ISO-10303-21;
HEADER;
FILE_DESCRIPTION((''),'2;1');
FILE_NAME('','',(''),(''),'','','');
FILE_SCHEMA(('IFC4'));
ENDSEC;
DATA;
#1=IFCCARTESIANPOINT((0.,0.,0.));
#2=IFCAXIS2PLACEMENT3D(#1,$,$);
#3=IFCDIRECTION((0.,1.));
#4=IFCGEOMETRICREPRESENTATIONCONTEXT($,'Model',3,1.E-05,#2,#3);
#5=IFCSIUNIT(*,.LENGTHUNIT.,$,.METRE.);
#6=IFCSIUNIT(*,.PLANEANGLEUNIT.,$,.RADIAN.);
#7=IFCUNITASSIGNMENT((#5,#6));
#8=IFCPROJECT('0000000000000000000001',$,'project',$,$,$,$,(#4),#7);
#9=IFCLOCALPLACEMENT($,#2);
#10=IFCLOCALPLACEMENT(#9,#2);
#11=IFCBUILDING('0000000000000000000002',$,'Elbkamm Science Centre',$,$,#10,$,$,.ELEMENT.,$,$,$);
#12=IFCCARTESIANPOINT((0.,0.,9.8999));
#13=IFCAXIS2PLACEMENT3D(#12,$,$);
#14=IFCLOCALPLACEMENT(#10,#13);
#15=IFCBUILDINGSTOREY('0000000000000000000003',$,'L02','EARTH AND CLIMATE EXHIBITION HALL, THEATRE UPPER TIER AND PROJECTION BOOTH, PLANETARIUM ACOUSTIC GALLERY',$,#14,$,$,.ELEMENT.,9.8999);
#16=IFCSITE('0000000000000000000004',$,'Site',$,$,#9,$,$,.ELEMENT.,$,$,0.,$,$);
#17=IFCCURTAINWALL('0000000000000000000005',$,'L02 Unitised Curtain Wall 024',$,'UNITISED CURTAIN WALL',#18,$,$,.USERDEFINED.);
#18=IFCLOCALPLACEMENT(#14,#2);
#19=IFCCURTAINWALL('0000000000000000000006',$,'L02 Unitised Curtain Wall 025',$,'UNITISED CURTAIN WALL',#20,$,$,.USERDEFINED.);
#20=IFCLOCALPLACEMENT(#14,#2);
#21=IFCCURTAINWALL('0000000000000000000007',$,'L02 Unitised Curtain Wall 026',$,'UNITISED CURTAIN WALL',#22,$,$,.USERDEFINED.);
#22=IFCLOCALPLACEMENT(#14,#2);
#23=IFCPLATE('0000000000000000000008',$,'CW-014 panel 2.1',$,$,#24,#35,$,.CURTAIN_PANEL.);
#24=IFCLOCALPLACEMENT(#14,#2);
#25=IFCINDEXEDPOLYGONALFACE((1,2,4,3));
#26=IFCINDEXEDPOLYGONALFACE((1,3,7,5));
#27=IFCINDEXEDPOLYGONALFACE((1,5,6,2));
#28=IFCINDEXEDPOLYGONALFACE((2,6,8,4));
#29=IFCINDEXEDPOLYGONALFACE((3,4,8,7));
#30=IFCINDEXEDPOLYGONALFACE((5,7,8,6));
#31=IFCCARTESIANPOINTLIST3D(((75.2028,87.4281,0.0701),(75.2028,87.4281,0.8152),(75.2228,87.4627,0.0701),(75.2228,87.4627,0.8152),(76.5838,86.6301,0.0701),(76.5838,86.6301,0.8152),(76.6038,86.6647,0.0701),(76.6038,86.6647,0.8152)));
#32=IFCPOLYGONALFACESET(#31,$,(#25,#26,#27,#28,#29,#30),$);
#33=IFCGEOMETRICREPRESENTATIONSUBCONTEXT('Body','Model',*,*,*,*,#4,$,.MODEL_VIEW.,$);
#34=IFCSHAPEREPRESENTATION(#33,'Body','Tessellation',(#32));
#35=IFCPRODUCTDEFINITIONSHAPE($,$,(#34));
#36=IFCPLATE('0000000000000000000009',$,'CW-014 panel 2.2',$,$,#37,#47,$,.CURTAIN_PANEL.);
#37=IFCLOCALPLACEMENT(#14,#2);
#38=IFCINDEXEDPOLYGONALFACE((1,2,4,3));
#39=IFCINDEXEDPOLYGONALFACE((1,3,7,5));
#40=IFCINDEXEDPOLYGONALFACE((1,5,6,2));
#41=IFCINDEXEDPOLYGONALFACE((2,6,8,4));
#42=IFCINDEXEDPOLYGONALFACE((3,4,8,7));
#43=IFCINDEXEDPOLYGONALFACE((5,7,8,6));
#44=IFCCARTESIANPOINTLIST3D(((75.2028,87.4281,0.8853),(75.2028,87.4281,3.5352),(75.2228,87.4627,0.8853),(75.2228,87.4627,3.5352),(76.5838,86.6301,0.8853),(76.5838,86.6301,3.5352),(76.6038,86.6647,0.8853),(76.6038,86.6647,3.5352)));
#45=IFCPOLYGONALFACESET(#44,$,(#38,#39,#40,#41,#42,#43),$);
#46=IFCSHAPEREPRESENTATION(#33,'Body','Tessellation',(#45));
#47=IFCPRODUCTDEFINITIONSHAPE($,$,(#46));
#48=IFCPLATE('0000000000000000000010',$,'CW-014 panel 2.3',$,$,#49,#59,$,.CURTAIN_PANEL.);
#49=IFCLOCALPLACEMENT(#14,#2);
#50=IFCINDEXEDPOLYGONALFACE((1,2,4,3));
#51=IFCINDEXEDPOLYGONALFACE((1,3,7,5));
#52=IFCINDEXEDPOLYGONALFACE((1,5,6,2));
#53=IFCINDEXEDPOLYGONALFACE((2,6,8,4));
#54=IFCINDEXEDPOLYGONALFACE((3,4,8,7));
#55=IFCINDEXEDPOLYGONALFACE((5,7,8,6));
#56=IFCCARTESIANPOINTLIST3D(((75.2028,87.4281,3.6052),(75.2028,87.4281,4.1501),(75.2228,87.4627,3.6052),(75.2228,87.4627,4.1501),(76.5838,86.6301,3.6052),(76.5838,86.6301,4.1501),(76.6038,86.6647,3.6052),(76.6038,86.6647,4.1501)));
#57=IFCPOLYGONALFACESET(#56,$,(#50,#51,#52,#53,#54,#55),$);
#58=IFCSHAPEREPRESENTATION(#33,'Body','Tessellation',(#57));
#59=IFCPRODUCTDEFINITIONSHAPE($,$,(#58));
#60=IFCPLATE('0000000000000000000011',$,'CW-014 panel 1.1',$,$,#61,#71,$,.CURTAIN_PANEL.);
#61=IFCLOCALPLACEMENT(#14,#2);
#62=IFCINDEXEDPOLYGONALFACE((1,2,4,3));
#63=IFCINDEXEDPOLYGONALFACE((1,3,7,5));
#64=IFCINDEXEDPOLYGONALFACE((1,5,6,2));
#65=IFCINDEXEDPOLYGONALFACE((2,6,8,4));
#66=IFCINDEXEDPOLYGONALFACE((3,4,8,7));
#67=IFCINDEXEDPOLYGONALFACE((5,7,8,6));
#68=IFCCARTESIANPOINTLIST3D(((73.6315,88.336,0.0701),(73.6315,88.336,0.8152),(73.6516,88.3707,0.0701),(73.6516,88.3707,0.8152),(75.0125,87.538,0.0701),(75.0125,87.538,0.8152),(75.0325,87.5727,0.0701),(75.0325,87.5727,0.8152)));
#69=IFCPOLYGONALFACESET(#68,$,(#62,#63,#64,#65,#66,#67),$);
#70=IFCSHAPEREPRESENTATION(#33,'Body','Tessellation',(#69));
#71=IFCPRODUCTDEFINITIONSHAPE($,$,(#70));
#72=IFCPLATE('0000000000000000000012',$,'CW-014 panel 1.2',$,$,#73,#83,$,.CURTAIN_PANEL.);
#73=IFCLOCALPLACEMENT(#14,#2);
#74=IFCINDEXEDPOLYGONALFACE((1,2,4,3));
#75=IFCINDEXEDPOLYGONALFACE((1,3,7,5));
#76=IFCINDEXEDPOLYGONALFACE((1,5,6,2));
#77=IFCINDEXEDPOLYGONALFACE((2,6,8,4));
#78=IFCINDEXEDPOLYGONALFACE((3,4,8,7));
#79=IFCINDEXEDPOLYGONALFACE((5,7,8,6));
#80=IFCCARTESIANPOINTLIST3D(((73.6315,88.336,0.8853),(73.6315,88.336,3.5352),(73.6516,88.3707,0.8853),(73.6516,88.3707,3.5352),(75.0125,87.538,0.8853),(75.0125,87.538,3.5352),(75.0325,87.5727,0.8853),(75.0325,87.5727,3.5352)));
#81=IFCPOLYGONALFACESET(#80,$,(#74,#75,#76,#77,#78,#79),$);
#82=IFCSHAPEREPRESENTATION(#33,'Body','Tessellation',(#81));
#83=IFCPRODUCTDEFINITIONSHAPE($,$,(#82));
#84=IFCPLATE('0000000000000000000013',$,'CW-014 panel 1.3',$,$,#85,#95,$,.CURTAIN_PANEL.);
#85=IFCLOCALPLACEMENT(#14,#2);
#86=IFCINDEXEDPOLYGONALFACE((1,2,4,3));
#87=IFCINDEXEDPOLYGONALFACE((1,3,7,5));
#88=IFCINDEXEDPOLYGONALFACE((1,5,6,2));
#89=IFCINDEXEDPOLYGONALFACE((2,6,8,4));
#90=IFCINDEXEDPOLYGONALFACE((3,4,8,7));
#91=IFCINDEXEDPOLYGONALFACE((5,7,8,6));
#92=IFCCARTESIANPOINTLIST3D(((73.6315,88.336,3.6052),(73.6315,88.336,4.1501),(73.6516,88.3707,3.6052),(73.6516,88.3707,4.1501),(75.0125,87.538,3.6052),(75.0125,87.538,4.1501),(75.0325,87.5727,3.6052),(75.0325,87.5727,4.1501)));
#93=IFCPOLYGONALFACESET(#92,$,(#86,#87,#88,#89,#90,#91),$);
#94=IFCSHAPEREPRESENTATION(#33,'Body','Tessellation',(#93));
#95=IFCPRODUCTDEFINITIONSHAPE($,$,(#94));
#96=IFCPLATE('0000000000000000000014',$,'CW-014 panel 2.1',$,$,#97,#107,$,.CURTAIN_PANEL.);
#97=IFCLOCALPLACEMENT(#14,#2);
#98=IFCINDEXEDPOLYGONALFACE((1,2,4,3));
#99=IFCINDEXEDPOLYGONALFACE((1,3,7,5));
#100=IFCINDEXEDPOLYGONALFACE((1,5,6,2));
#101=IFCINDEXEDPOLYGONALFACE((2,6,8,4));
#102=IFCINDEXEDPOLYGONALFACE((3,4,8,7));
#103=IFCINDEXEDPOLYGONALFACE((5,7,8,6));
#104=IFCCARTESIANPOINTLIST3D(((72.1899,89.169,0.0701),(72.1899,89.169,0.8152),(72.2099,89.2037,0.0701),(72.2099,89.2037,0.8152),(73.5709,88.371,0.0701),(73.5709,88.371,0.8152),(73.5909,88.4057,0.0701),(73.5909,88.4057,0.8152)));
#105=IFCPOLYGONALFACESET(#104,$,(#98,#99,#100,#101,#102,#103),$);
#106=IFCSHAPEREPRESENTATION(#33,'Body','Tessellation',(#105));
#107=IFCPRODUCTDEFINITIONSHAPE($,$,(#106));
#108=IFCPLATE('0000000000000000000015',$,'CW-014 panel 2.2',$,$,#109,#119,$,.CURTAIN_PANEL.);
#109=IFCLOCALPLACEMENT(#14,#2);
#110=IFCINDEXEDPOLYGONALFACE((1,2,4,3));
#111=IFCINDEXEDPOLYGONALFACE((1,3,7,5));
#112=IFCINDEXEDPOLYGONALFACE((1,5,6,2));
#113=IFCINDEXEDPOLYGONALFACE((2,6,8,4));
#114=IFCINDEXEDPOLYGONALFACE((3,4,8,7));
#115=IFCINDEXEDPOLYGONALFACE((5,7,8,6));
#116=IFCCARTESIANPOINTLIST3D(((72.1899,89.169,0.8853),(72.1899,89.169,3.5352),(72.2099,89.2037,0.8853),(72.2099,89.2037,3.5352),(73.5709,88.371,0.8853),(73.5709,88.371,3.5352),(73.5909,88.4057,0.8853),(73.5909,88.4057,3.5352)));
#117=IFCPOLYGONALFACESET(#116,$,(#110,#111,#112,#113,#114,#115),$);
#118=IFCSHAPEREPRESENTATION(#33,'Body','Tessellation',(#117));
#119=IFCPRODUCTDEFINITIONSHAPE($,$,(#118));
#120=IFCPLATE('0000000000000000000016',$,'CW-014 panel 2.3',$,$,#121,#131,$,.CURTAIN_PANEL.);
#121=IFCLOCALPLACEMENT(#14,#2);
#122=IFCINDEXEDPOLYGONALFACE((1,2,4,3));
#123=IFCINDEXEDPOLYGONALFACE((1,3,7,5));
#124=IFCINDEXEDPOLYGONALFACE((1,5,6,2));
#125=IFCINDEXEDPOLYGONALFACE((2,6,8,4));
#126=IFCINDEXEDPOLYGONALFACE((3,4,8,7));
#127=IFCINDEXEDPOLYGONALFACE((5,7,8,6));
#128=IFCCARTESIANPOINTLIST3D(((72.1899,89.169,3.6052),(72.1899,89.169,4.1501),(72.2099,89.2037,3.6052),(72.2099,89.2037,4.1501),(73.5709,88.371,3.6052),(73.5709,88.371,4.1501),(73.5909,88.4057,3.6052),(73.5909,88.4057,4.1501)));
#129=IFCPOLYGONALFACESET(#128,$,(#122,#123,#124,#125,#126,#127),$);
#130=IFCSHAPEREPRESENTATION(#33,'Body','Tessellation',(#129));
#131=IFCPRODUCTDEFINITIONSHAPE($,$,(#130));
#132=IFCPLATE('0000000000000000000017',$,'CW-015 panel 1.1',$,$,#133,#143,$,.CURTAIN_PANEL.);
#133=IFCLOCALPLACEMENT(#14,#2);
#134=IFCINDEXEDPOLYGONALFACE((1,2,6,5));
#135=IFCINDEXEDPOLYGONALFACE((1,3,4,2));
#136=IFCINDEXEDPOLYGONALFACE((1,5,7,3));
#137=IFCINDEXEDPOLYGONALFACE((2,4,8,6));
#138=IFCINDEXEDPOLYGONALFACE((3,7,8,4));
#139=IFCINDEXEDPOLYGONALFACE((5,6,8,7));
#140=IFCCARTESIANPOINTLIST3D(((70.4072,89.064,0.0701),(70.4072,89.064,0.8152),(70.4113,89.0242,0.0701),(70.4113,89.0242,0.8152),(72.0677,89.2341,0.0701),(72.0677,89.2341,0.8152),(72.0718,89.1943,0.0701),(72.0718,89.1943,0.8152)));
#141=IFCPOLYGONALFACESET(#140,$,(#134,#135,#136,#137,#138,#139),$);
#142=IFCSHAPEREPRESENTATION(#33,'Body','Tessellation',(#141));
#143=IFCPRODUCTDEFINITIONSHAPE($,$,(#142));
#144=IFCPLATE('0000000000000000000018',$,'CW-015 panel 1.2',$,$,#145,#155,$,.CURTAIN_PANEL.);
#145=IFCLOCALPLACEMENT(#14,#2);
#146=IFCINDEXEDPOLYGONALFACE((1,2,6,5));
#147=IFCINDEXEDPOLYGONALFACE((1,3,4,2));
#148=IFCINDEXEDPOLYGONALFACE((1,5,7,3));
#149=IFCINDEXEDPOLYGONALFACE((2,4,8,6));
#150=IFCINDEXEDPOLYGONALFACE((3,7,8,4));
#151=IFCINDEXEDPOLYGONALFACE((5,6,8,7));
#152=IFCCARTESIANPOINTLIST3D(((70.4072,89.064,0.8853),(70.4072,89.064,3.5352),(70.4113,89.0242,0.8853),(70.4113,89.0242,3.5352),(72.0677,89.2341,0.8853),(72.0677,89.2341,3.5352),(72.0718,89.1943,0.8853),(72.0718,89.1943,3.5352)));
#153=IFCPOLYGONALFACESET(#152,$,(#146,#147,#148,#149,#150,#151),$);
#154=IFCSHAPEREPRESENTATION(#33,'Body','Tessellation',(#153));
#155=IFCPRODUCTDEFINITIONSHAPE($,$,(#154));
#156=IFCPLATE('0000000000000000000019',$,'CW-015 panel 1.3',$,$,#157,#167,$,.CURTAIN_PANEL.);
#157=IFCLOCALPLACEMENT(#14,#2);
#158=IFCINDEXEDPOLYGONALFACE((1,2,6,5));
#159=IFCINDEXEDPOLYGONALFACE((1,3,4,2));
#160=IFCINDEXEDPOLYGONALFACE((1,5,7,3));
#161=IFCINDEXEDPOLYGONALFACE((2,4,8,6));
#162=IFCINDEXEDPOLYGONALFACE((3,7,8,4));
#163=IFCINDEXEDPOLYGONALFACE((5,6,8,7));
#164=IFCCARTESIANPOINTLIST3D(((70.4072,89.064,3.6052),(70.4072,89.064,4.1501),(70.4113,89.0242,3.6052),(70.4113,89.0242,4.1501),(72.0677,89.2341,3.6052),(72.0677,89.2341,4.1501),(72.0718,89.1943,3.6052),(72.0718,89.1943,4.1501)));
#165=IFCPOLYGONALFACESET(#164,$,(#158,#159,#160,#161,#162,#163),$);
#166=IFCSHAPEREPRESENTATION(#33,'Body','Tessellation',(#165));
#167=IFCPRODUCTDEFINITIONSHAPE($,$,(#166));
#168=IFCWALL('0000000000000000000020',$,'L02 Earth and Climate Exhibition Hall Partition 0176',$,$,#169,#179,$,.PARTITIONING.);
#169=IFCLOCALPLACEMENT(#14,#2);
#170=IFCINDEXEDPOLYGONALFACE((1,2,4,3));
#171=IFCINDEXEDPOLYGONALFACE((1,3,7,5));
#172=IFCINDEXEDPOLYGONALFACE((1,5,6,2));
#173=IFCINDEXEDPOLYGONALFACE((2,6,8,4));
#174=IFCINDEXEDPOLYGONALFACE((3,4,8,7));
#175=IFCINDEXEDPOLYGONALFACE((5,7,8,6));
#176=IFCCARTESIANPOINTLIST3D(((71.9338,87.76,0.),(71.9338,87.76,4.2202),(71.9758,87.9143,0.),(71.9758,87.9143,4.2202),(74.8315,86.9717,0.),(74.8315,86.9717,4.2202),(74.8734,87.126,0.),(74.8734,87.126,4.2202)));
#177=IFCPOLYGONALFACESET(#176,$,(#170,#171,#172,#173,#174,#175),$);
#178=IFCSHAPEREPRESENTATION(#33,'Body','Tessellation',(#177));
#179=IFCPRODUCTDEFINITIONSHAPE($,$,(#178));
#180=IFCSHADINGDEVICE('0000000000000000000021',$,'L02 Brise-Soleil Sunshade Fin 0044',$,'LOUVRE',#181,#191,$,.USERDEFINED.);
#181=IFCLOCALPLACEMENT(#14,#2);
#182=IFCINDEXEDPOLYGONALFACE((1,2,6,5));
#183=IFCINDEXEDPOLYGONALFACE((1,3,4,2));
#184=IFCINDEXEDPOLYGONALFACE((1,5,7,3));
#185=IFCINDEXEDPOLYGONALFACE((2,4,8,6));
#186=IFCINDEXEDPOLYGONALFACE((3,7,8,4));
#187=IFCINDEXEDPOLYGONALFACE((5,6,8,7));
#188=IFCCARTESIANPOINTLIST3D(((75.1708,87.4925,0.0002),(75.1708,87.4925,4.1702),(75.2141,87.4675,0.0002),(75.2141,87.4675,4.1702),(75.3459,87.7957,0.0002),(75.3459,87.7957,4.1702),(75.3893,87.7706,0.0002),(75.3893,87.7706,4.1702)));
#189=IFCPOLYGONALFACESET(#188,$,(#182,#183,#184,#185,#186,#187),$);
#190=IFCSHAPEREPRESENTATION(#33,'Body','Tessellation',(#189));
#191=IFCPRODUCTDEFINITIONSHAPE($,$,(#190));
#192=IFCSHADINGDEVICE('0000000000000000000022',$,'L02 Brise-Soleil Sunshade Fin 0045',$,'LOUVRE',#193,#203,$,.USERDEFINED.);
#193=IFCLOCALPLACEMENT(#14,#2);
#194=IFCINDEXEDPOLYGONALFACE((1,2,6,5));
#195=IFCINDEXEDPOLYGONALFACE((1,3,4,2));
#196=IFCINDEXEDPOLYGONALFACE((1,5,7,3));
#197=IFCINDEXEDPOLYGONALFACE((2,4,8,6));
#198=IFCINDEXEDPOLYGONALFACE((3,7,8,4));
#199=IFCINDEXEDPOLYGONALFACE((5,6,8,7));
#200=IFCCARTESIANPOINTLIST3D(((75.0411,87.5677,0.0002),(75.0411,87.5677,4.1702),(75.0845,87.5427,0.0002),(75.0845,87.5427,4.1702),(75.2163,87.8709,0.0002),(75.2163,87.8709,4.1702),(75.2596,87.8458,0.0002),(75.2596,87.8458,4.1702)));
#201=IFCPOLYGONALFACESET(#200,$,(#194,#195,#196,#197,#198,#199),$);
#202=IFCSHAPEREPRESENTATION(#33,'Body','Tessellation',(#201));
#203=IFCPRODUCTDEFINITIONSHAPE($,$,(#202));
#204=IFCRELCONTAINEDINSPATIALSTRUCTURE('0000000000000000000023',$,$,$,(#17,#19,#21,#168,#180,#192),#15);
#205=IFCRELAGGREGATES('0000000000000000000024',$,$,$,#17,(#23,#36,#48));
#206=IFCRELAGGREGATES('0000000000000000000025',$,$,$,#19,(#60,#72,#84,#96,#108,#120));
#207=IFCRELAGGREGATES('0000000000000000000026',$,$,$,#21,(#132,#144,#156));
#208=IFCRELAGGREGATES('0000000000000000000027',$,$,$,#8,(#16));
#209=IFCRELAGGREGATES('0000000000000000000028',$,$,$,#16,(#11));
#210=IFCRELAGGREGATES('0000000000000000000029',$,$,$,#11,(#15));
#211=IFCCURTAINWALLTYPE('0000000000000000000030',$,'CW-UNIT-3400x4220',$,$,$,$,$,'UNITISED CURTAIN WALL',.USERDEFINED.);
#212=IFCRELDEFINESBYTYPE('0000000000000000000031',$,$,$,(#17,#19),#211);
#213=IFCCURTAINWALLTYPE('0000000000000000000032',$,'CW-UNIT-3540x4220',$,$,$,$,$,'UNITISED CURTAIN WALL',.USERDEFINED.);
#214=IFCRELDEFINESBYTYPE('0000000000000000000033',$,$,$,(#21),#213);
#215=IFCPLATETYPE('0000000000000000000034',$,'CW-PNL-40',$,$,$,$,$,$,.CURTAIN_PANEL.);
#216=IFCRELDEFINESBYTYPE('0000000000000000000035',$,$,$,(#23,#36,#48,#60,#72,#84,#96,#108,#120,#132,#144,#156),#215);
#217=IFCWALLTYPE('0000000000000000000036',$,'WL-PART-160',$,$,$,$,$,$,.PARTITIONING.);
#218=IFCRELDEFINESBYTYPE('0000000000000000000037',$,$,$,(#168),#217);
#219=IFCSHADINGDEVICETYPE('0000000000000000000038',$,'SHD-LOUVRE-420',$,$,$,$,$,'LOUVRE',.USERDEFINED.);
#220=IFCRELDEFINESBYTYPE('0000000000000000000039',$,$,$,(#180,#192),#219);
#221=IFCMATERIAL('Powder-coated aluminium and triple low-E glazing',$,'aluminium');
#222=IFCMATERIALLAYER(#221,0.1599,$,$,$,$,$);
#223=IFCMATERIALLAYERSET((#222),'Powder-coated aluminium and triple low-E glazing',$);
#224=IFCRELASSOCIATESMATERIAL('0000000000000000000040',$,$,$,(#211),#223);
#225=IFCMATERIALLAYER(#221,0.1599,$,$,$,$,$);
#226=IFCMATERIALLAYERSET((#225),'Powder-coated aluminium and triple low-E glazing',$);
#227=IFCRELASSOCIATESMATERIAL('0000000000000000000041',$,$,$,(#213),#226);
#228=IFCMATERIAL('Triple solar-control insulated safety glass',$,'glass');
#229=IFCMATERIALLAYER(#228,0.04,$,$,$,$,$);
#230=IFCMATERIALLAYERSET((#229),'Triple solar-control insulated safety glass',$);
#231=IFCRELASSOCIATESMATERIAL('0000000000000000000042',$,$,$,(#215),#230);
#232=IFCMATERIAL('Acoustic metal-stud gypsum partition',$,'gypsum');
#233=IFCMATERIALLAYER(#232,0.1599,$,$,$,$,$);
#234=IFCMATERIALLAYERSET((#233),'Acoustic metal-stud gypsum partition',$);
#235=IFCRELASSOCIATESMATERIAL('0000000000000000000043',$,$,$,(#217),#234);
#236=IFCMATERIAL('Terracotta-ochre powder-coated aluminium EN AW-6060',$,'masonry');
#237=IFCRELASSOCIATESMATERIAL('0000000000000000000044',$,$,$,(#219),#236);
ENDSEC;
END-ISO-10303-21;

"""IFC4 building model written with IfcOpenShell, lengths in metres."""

from ifc_helpers import new_model, si_unit, direction, frame, frame_2d, origin, origin_2d, place, context, subcontext, project, spatial, rectangle, extrude, material, layer, layer_set, type_object, element, aggregate, save


model = new_model("IFC4")

# Units and contexts
model_context = context("Model", 3, precision=1e-05, world=origin(), true_north=direction((0.0, 1.0)))
body_context = subcontext(model_context, "Body", "Model", "MODEL_VIEW")
ifc_project = project(units=[si_unit("LENGTHUNIT", "METRE"), si_unit("PLANEANGLEUNIT", "RADIAN")], contexts=[model_context])

# Site, building, storey
site_placement = place(None, origin())
site = spatial("IfcSite", under=ifc_project, at=site_placement, Name="Site", CompositionType="ELEMENT", RefElevation=0.0)
building_placement = place(site_placement, origin())
building = spatial("IfcBuilding", under=site, at=building_placement, Name="Elbkamm Science Centre", CompositionType="ELEMENT")
storey_placement = place(building_placement, frame((0.0, 0.0, 9.8999)))
storey = spatial("IfcBuildingStorey", under=building, at=storey_placement, Name="L02", Description="EARTH AND CLIMATE EXHIBITION HALL, THEATRE UPPER TIER AND PROJECTION BOOTH, PLANETARIUM ACOUSTIC GALLERY", CompositionType="ELEMENT", Elevation=9.8999)

# Curtain wall
ifc_material_1 = material(Name="Powder-coated aluminium and triple low-E glazing", Category="aluminium")
ifc_layer_1 = layer(ifc_material_1, 0.1599)
ifc_layer_set_1 = layer_set([ifc_layer_1], Name="Powder-coated aluminium and triple low-E glazing")
curtain_wall_type_1 = type_object("IfcCurtainWallType", Name="CW-UNIT-3400x4220", ElementType="UNITISED CURTAIN WALL", PredefinedType="USERDEFINED", material=ifc_layer_set_1)
curtain_wall_1_placement = place(storey_placement, origin())
curtain_wall_1 = element("IfcCurtainWall", 1, at=curtain_wall_1_placement, inside=storey, type_object=curtain_wall_type_1, Name="L02 Unitised Curtain Wall 024", ObjectType="UNITISED CURTAIN WALL", PredefinedType="USERDEFINED")

# Curtain walls
curtain_wall_2_placement = place(storey_placement, origin())
curtain_wall_2 = element("IfcCurtainWall", 2, at=curtain_wall_2_placement, inside=storey, type_object=curtain_wall_type_1, Name="L02 Unitised Curtain Wall 025", ObjectType="UNITISED CURTAIN WALL", PredefinedType="USERDEFINED")
ifc_layer_2 = layer(ifc_material_1, 0.1599)
ifc_layer_set_2 = layer_set([ifc_layer_2], Name="Powder-coated aluminium and triple low-E glazing")
curtain_wall_type_2 = type_object("IfcCurtainWallType", Name="CW-UNIT-3540x4220", ElementType="UNITISED CURTAIN WALL", PredefinedType="USERDEFINED", material=ifc_layer_set_2)
curtain_wall_3_placement = place(storey_placement, origin())
curtain_wall_3 = element("IfcCurtainWall", 3, at=curtain_wall_3_placement, inside=storey, type_object=curtain_wall_type_2, Name="L02 Unitised Curtain Wall 026", ObjectType="UNITISED CURTAIN WALL", PredefinedType="USERDEFINED")

# Plates
ifc_material_2 = material(Name="Triple solar-control insulated safety glass", Category="glass")
ifc_layer_3 = layer(ifc_material_2, 0.04)
ifc_layer_set_3 = layer_set([ifc_layer_3], Name="Triple solar-control insulated safety glass")
plate_type = type_object("IfcPlateType", Name="CW-PNL-40", PredefinedType="CURTAIN_PANEL", material=ifc_layer_set_3)
plate_1_placement = place(storey_placement, frame((75.9033, 87.0464, 0.0701), z_axis=(0.0, 0.0, 1.0), x_axis=(-0.86584, 0.500321, 0.0)))
plate_1 = element("IfcPlate", 4, at=plate_1_placement, type_object=plate_type, Name="CW-014 panel 2.1", PredefinedType="CURTAIN_PANEL", context=body_context, shape_type="SweptSolid", body=[
    extrude(rectangle(XDim=1.595, YDim=0.04, at=origin_2d()), origin(), (0.0, 0.0, 1.0), 0.7451),
])
plate_2_placement = place(storey_placement, frame((75.9033, 87.0464, 0.8853), z_axis=(0.0, 0.0, 1.0), x_axis=(-0.86584, 0.500321, 0.0)))
plate_2 = element("IfcPlate", 5, at=plate_2_placement, type_object=plate_type, Name="CW-014 panel 2.2", PredefinedType="CURTAIN_PANEL", context=body_context, shape_type="SweptSolid", body=[
    extrude(rectangle(XDim=1.595, YDim=0.04, at=origin_2d()), origin(), (0.0, 0.0, 1.0), 2.6499),
])
plate_3_placement = place(storey_placement, frame((75.9033, 87.0464, 3.6052), z_axis=(0.0, 0.0, 1.0), x_axis=(-0.86584, 0.500321, 0.0)))
plate_3 = element("IfcPlate", 6, at=plate_3_placement, type_object=plate_type, Name="CW-014 panel 2.3", PredefinedType="CURTAIN_PANEL", context=body_context, shape_type="SweptSolid", body=[
    extrude(rectangle(XDim=1.595, YDim=0.04, at=origin_2d()), origin(), (0.0, 0.0, 1.0), 0.5449),
])
aggregate(curtain_wall_1, [plate_1, plate_2, plate_3])
plate_4_placement = place(storey_placement, frame((74.332, 87.9543, 0.0701), z_axis=(0.0, 0.0, 1.0), x_axis=(-0.86584, 0.500321, 0.0)))
plate_4 = element("IfcPlate", 7, at=plate_4_placement, type_object=plate_type, Name="CW-014 panel 1.1", PredefinedType="CURTAIN_PANEL", context=body_context, shape_type="SweptSolid", body=[
    extrude(rectangle(XDim=1.595, YDim=0.04, at=origin_2d()), origin(), (0.0, 0.0, 1.0), 0.7451),
])
plate_5_placement = place(storey_placement, frame((74.332, 87.9543, 0.8853), z_axis=(0.0, 0.0, 1.0), x_axis=(-0.86584, 0.500321, 0.0)))
plate_5 = element("IfcPlate", 8, at=plate_5_placement, type_object=plate_type, Name="CW-014 panel 1.2", PredefinedType="CURTAIN_PANEL", context=body_context, shape_type="SweptSolid", body=[
    extrude(rectangle(XDim=1.595, YDim=0.04, at=origin_2d()), origin(), (0.0, 0.0, 1.0), 2.6499),
])
plate_6_placement = place(storey_placement, frame((74.332, 87.9543, 3.6052), z_axis=(0.0, 0.0, 1.0), x_axis=(-0.86584, 0.500321, 0.0)))
plate_6 = element("IfcPlate", 9, at=plate_6_placement, type_object=plate_type, Name="CW-014 panel 1.3", PredefinedType="CURTAIN_PANEL", context=body_context, shape_type="SweptSolid", body=[
    extrude(rectangle(XDim=1.595, YDim=0.04, at=origin_2d()), origin(), (0.0, 0.0, 1.0), 0.5449),
])
plate_7_placement = place(storey_placement, frame((72.8904, 88.7874, 0.0701), z_axis=(0.0, 0.0, 1.0), x_axis=(-0.86584, 0.500321, 0.0)))
plate_7 = element("IfcPlate", 10, at=plate_7_placement, type_object=plate_type, Name="CW-014 panel 2.1", PredefinedType="CURTAIN_PANEL", context=body_context, shape_type="SweptSolid", body=[
    extrude(rectangle(XDim=1.595, YDim=0.04, at=origin_2d()), origin(), (0.0, 0.0, 1.0), 0.7451),
])
plate_8_placement = place(storey_placement, frame((72.8904, 88.7874, 0.8853), z_axis=(0.0, 0.0, 1.0), x_axis=(-0.86584, 0.500321, 0.0)))
plate_8 = element("IfcPlate", 11, at=plate_8_placement, type_object=plate_type, Name="CW-014 panel 2.2", PredefinedType="CURTAIN_PANEL", context=body_context, shape_type="SweptSolid", body=[
    extrude(rectangle(XDim=1.595, YDim=0.04, at=origin_2d()), origin(), (0.0, 0.0, 1.0), 2.6499),
])
plate_9_placement = place(storey_placement, frame((72.8904, 88.7874, 3.6052), z_axis=(0.0, 0.0, 1.0), x_axis=(-0.86584, 0.500321, 0.0)))
plate_9 = element("IfcPlate", 12, at=plate_9_placement, type_object=plate_type, Name="CW-014 panel 2.3", PredefinedType="CURTAIN_PANEL", context=body_context, shape_type="SweptSolid", body=[
    extrude(rectangle(XDim=1.595, YDim=0.04, at=origin_2d()), origin(), (0.0, 0.0, 1.0), 0.5449),
])
aggregate(curtain_wall_2, [plate_4, plate_5, plate_6, plate_7, plate_8, plate_9])
plate_10_placement = place(storey_placement, frame((71.2395, 89.1292, 0.0701), z_axis=(0.0, 0.0, 1.0), x_axis=(-0.994794, -0.101906, 0.0)))
plate_10 = element("IfcPlate", 13, at=plate_10_placement, type_object=plate_type, Name="CW-015 panel 1.1", PredefinedType="CURTAIN_PANEL", context=body_context, shape_type="SweptSolid", body=[
    extrude(rectangle(XDim=1.6692, YDim=0.04, at=origin_2d()), origin(), (0.0, 0.0, 1.0), 0.7451),
])
plate_11_placement = place(storey_placement, frame((71.2395, 89.1292, 0.8853), z_axis=(0.0, 0.0, 1.0), x_axis=(-0.994794, -0.101906, 0.0)))
plate_11 = element("IfcPlate", 14, at=plate_11_placement, type_object=plate_type, Name="CW-015 panel 1.2", PredefinedType="CURTAIN_PANEL", context=body_context, shape_type="SweptSolid", body=[
    extrude(rectangle(XDim=1.6692, YDim=0.04, at=origin_2d()), origin(), (0.0, 0.0, 1.0), 2.6499),
])
plate_12_placement = place(storey_placement, frame((71.2395, 89.1292, 3.6052), z_axis=(0.0, 0.0, 1.0), x_axis=(-0.994794, -0.101906, 0.0)))
plate_12 = element("IfcPlate", 15, at=plate_12_placement, type_object=plate_type, Name="CW-015 panel 1.3", PredefinedType="CURTAIN_PANEL", context=body_context, shape_type="SweptSolid", body=[
    extrude(rectangle(XDim=1.6692, YDim=0.04, at=origin_2d()), origin(), (0.0, 0.0, 1.0), 0.5449),
])
aggregate(curtain_wall_3, [plate_10, plate_11, plate_12])

# Wall
ifc_material_3 = material(Name="Acoustic metal-stud gypsum partition", Category="gypsum")
ifc_layer_4 = layer(ifc_material_3, 0.1599)
ifc_layer_set_4 = layer_set([ifc_layer_4], Name="Acoustic metal-stud gypsum partition")
wall_type = type_object("IfcWallType", Name="WL-PART-160", PredefinedType="PARTITIONING", material=ifc_layer_set_4)
wall_placement = place(storey_placement, frame((71.9548, 87.8372, 0.0), z_axis=(0.0, 0.0, 1.0), x_axis=(0.964929, -0.262512, 0.0)))
element("IfcWall", 16, at=wall_placement, inside=storey, type_object=wall_type, Name="L02 Earth and Climate Exhibition Hall Partition 0176", PredefinedType="PARTITIONING", context=body_context, shape_type="SweptSolid", body=[
    extrude(rectangle(XDim=3.0029, YDim=0.1599, at=frame_2d((1.5015, 0.0))), origin(), (0.0, 0.0, 1.0), 4.2202),
])

# Shading devices
ifc_material_4 = material(Name="Terracotta-ochre powder-coated aluminium EN AW-6060", Category="masonry")
shading_device_type = type_object("IfcShadingDeviceType", Name="SHD-LOUVRE-420", ElementType="LOUVRE", PredefinedType="USERDEFINED", material=ifc_material_4)
for number, where, z_axis, x_axis, name in (
    (17, (75.28, 87.6316, 0.0002), (0.0, 0.0, 1.0), (0.50032, 0.86584, 0.0), "L02 Brise-Soleil Sunshade Fin 0044"),
    (18, (75.1504, 87.7068, 0.0002), (0.0, 0.0, 1.0), (0.50032, 0.86584, 0.0), "L02 Brise-Soleil Sunshade Fin 0045"),
):
    element("IfcShadingDevice", number, at=place(storey_placement, frame(where, z_axis=z_axis, x_axis=x_axis)), inside=storey, type_object=shading_device_type, Name=name, ObjectType="LOUVRE", PredefinedType="USERDEFINED", context=body_context, shape_type="SweptSolid", body=[
        extrude(rectangle(XDim=0.3501, YDim=0.05, at=origin_2d()), origin(), (0.0, 0.0, 1.0), 4.1699),
    ])

save(model, "model.ifc")
